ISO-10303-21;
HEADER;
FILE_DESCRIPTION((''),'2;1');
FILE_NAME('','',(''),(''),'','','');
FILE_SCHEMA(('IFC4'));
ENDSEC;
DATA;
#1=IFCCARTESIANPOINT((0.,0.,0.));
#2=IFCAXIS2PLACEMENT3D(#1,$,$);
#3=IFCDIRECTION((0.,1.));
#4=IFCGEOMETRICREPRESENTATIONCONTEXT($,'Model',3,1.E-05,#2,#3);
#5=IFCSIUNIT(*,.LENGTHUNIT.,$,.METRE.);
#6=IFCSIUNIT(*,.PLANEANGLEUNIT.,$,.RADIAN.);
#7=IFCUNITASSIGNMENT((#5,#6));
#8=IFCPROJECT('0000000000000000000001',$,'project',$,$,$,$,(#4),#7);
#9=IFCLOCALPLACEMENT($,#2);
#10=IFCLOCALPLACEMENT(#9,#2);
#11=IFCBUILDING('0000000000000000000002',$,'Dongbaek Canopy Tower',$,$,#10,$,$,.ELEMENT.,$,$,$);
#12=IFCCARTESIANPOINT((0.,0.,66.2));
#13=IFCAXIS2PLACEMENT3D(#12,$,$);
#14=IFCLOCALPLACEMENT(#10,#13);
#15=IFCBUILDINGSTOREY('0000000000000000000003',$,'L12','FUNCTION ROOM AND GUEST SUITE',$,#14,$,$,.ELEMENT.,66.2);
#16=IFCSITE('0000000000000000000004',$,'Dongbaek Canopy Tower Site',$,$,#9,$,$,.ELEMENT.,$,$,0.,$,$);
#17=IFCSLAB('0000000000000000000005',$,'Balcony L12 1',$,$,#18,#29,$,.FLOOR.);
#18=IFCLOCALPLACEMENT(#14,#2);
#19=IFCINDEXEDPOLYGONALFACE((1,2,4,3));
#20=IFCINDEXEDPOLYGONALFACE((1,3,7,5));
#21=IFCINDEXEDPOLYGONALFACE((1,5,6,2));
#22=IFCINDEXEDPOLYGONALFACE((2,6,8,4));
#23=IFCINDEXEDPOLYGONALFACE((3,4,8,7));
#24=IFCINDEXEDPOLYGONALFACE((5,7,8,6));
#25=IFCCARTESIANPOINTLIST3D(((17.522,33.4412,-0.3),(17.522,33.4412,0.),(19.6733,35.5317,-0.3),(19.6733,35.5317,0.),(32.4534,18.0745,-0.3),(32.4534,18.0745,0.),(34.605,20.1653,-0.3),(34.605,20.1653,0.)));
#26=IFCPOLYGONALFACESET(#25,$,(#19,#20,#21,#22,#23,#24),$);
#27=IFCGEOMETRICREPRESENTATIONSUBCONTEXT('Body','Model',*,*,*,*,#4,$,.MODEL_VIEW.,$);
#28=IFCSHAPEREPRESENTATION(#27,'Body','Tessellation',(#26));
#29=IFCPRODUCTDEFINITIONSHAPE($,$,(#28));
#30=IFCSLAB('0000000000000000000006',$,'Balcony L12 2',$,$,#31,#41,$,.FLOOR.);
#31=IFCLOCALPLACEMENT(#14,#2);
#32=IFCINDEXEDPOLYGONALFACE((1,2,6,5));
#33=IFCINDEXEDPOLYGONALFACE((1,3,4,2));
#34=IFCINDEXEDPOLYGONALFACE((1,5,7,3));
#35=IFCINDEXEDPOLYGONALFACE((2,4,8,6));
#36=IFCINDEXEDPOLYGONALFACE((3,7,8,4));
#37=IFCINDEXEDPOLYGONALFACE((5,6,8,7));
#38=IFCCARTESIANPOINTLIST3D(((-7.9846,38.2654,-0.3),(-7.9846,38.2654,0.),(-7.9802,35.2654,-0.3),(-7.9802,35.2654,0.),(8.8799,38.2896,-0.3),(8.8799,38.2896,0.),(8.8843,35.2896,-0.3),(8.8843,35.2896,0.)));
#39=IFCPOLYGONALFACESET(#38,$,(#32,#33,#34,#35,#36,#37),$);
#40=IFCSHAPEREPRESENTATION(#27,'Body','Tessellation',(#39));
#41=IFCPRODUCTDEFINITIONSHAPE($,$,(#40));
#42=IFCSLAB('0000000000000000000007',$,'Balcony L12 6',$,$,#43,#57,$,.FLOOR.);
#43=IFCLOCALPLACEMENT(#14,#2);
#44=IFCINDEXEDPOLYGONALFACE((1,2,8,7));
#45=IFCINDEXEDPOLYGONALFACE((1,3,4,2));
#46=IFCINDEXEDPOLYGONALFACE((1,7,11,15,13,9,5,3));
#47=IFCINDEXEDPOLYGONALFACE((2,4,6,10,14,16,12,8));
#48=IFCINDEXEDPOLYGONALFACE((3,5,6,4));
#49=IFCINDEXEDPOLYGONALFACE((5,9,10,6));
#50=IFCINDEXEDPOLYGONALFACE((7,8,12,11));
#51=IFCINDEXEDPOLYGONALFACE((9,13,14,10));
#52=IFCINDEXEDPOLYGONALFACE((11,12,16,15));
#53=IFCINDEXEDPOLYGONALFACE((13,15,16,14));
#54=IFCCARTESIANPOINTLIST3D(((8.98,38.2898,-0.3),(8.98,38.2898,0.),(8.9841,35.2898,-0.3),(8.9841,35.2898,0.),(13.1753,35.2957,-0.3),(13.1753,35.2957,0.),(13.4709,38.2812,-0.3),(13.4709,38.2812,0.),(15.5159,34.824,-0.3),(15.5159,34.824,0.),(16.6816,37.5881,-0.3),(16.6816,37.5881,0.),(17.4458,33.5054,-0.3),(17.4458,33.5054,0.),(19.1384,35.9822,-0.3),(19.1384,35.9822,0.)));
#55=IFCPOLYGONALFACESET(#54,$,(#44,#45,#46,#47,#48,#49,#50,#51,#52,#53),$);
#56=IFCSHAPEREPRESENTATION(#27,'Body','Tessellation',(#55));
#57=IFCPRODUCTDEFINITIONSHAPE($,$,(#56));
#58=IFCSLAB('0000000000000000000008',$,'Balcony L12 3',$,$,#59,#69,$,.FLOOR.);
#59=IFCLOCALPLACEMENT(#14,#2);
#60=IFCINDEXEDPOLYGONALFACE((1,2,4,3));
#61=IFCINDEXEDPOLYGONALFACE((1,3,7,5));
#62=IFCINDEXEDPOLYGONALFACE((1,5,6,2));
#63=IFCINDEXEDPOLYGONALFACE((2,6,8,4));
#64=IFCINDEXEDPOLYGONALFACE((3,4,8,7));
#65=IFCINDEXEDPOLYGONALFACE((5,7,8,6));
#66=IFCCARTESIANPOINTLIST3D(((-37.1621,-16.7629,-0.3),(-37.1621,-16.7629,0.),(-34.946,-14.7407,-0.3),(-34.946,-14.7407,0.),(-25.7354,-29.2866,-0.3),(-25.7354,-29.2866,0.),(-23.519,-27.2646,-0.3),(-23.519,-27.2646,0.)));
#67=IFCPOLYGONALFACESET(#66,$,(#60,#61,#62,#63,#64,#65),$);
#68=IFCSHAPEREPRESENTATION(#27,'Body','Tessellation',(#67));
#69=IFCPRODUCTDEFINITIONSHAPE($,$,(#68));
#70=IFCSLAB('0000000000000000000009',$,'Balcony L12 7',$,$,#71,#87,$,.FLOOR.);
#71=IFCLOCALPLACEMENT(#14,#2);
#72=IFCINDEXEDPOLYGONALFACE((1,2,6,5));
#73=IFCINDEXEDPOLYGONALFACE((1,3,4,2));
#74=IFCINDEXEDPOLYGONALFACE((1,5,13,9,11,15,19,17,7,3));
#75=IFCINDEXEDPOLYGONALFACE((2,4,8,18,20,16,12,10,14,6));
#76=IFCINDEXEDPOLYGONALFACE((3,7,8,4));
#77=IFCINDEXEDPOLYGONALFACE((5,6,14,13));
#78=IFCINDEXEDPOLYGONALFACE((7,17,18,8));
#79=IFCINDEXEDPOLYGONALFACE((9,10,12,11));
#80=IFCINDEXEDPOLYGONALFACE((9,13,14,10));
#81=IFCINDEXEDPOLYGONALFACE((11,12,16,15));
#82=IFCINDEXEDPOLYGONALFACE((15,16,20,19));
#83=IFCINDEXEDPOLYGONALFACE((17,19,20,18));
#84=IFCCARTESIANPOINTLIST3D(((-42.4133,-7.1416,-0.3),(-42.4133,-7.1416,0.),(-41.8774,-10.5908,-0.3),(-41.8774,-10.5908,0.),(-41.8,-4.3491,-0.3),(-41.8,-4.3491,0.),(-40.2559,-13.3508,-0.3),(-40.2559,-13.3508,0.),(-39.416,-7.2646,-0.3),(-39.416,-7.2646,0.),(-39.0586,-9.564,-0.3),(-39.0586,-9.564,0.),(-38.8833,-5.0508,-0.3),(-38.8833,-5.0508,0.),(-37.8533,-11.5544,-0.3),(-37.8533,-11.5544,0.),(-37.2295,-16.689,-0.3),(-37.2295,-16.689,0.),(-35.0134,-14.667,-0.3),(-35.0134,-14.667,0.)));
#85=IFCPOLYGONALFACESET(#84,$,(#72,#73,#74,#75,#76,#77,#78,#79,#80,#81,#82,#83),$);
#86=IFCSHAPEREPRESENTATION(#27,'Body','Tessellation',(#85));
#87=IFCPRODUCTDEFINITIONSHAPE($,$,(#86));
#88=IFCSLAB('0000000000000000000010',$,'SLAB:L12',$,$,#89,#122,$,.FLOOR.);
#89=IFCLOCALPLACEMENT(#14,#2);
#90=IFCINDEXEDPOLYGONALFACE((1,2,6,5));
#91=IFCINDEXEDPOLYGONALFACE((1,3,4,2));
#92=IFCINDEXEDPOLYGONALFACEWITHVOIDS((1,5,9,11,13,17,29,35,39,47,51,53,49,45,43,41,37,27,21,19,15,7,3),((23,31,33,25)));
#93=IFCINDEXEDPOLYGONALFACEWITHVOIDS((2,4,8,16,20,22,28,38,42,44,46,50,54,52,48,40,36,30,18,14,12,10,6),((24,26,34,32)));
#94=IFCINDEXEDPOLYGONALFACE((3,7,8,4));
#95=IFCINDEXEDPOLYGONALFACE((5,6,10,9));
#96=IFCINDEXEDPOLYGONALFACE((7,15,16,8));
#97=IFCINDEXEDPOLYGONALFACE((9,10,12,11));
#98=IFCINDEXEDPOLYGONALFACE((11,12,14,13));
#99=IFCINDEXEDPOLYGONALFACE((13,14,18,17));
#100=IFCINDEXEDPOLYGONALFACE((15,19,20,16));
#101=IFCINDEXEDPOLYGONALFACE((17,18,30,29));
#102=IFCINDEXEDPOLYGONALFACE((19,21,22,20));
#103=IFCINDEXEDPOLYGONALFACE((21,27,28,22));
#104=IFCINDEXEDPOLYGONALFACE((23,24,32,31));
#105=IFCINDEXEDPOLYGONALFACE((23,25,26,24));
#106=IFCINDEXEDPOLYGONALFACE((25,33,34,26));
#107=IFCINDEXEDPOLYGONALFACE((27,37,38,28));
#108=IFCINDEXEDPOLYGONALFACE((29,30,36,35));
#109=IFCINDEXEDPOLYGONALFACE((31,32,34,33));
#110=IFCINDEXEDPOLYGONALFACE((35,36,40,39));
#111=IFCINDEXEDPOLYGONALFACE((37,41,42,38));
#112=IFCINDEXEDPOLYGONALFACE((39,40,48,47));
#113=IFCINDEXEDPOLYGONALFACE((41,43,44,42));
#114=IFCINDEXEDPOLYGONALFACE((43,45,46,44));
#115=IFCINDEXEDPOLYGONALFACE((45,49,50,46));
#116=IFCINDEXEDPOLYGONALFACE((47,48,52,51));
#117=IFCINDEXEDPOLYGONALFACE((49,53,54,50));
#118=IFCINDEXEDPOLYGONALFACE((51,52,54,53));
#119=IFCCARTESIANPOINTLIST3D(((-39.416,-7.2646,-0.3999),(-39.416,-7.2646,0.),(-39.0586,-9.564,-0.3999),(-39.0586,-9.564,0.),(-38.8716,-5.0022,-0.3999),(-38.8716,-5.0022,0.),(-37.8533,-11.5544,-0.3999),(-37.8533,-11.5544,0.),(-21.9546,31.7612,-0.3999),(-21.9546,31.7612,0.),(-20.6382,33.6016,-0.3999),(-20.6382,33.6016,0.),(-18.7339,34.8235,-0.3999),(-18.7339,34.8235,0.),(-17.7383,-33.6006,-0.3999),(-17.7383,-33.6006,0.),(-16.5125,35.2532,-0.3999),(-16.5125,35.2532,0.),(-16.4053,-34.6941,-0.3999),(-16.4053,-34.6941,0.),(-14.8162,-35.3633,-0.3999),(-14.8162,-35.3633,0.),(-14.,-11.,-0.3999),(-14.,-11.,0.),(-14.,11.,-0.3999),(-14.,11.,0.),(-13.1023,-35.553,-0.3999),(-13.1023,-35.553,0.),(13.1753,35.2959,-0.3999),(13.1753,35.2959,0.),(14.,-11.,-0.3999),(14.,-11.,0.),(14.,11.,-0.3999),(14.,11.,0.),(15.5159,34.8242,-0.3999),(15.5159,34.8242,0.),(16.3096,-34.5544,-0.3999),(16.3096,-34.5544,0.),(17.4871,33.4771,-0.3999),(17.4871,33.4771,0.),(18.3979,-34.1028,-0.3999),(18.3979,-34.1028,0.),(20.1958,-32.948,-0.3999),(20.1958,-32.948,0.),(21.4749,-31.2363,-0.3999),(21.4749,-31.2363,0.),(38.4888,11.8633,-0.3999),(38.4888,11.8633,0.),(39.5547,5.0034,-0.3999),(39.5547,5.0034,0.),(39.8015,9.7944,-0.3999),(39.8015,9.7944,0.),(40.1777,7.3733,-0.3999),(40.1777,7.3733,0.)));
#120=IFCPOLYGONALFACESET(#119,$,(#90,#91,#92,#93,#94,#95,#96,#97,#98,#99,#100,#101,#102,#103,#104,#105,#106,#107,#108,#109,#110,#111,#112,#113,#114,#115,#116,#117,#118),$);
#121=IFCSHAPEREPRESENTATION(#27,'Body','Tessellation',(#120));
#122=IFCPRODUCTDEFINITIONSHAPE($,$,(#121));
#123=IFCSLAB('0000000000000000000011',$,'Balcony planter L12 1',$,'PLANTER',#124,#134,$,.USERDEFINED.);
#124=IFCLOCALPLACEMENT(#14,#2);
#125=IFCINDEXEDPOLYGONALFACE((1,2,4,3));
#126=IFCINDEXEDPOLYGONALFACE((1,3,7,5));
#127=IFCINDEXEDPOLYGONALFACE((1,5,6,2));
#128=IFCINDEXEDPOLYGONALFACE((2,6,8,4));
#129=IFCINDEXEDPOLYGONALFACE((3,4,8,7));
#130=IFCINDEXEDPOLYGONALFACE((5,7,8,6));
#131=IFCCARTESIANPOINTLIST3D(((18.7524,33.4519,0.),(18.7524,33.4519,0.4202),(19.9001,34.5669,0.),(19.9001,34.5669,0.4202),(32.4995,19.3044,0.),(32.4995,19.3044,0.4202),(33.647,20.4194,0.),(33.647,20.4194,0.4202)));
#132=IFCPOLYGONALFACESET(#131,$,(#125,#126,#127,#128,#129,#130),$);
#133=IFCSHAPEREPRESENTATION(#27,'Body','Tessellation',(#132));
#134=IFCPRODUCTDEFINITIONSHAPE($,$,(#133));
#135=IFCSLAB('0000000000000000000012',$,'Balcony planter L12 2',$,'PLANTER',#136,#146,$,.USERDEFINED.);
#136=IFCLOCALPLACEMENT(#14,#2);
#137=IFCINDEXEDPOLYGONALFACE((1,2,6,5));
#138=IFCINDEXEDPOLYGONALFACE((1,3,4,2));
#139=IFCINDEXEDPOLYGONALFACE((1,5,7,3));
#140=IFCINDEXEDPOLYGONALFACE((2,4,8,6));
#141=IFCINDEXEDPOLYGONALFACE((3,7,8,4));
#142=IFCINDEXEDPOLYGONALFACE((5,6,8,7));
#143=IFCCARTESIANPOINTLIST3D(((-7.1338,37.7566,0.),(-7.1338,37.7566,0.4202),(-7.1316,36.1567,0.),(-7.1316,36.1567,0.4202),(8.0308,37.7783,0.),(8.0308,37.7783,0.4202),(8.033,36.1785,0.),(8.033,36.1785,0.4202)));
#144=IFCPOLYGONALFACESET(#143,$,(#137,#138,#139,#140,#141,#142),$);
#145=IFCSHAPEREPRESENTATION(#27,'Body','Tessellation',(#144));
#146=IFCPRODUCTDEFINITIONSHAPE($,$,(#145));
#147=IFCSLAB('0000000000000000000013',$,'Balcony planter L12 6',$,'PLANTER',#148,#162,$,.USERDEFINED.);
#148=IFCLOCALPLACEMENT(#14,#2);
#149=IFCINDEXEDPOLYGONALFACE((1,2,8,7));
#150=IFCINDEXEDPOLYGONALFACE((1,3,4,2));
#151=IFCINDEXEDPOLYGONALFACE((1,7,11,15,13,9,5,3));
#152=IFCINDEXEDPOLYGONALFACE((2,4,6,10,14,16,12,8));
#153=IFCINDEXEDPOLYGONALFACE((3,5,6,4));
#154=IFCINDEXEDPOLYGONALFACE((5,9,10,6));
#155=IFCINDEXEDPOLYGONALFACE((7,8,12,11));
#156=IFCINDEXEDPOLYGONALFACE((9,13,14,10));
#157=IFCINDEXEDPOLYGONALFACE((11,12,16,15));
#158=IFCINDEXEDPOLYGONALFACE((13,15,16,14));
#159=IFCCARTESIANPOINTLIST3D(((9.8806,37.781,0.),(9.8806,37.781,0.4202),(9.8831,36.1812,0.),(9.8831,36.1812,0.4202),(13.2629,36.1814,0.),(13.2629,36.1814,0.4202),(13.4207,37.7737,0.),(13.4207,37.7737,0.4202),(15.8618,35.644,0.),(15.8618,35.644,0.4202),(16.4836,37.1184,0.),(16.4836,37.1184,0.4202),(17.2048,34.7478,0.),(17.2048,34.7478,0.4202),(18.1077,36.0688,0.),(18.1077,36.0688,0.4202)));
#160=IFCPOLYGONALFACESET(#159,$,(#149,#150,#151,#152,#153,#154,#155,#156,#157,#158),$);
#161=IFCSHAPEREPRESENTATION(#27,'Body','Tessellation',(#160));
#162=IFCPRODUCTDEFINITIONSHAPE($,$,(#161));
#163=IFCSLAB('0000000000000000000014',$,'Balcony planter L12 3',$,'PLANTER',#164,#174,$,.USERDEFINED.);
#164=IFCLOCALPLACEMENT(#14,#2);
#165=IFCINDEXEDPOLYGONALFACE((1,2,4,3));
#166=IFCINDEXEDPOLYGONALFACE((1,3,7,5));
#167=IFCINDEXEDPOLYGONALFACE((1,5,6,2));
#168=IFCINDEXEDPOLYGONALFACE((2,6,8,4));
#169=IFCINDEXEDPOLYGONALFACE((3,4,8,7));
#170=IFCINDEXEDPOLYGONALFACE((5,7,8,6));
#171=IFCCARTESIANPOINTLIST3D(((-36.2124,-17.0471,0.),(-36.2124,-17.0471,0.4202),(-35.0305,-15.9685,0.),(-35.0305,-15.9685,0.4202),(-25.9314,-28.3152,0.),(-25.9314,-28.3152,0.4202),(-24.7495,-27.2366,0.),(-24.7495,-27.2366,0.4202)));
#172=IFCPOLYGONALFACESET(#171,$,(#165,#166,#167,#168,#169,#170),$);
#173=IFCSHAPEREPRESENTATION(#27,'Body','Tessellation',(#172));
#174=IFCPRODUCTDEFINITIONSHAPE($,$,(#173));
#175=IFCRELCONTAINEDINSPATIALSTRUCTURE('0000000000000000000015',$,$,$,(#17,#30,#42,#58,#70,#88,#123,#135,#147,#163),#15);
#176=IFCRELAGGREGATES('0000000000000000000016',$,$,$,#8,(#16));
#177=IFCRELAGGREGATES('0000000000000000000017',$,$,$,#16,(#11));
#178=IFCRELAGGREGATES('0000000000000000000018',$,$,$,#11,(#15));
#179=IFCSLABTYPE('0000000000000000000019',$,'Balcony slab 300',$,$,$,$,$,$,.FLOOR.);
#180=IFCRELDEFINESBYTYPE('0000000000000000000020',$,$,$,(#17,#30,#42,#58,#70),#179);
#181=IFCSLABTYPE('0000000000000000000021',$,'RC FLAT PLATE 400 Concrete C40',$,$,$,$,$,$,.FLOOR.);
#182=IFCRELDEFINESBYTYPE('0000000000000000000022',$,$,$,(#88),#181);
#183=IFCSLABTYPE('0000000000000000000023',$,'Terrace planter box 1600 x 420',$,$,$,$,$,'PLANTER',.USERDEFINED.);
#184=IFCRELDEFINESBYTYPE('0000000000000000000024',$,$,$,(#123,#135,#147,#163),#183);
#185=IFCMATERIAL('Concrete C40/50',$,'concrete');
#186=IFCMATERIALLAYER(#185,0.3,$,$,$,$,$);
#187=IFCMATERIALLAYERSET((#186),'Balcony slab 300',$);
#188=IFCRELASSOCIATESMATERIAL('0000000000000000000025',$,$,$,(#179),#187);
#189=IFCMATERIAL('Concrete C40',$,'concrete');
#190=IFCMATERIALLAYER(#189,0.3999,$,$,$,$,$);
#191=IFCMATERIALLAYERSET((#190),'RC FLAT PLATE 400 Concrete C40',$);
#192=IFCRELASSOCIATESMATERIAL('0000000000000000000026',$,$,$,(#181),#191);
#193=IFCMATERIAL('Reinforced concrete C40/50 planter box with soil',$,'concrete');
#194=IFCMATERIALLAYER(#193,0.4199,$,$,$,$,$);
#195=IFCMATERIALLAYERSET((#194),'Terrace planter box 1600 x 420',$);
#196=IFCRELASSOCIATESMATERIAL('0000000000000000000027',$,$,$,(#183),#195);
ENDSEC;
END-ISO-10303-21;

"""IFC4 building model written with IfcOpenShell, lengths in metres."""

from ifc_helpers import new_model, si_unit, direction, frame, origin, place, context, subcontext, project, spatial, polyline, outline, extrude, material, layer, layer_set, type_object, element, save


model = new_model("IFC4")

# Units and contexts
model_context = context("Model", 3, precision=1e-05, world=origin(), true_north=direction((0.0, 1.0)))
body_context = subcontext(model_context, "Body", "Model", "MODEL_VIEW")
ifc_project = project(units=[si_unit("LENGTHUNIT", "METRE"), si_unit("PLANEANGLEUNIT", "RADIAN")], contexts=[model_context])

# Site, building, storey
site_placement = place(None, origin())
site = spatial("IfcSite", under=ifc_project, at=site_placement, Name="Dongbaek Canopy Tower Site", CompositionType="ELEMENT", RefElevation=0.0)
building_placement = place(site_placement, origin())
building = spatial("IfcBuilding", under=site, at=building_placement, Name="Dongbaek Canopy Tower", CompositionType="ELEMENT")
storey_placement = place(building_placement, frame((0.0, 0.0, 66.2)))
storey = spatial("IfcBuildingStorey", under=building, at=storey_placement, Name="L12", Description="FUNCTION ROOM AND GUEST SUITE", CompositionType="ELEMENT", Elevation=66.2)

# Slabs
ifc_material_1 = material(Name="Concrete C40/50", Category="concrete")
ifc_layer_1 = layer(ifc_material_1, 0.3)
ifc_layer_set_1 = layer_set([ifc_layer_1], Name="Balcony slab 300")
slab_type_1 = type_object("IfcSlabType", Name="Balcony slab 300", PredefinedType="FLOOR", material=ifc_layer_set_1)
slab_1_placement = place(storey_placement, frame((0.0, 0.0, -0.3)))
element("IfcSlab", 1, at=slab_1_placement, inside=storey, type_object=slab_type_1, Name="Balcony L12 1", PredefinedType="FLOOR", context=body_context, shape_type="SweptSolid", body=[
    extrude(outline(polyline([(32.4534, 18.0745), (17.522, 33.4412), (19.6733, 35.5317), (34.605, 20.1653), (32.4534, 18.0745)])), origin(), (0.0, 0.0, 1.0), 0.3),
])
slab_2_placement = place(storey_placement, frame((0.0, 0.0, -0.3)))
element("IfcSlab", 2, at=slab_2_placement, inside=storey, type_object=slab_type_1, Name="Balcony L12 2", PredefinedType="FLOOR", context=body_context, shape_type="SweptSolid", body=[
    extrude(outline(polyline([(8.8843, 35.2896), (-7.9802, 35.2654), (-7.9846, 38.2654), (8.8799, 38.2896), (8.8843, 35.2896)])), origin(), (0.0, 0.0, 1.0), 0.3),
])
slab_3_placement = place(storey_placement, frame((0.0, 0.0, -0.3)))
element("IfcSlab", 3, at=slab_3_placement, inside=storey, type_object=slab_type_1, Name="Balcony L12 6", PredefinedType="FLOOR", context=body_context, shape_type="SweptSolid", body=[
    extrude(outline(polyline([(17.4458, 33.5054), (15.5159, 34.824), (13.1753, 35.2957), (8.9841, 35.2898), (8.98, 38.2898), (13.4709, 38.2812), (16.6816, 37.5881), (19.1384, 35.9822), (17.4458, 33.5054)])), origin(), (0.0, 0.0, 1.0), 0.3),
])
slab_4_placement = place(storey_placement, frame((0.0, 0.0, -0.3)))
element("IfcSlab", 4, at=slab_4_placement, inside=storey, type_object=slab_type_1, Name="Balcony L12 3", PredefinedType="FLOOR", context=body_context, shape_type="SweptSolid", body=[
    extrude(outline(polyline([(-34.946, -14.7407), (-23.519, -27.2646), (-25.7354, -29.2866), (-37.1621, -16.7629), (-34.946, -14.7407)])), origin(), (0.0, 0.0, 1.0), 0.3),
])
slab_5_placement = place(storey_placement, frame((0.0, 0.0, -0.3)))
element("IfcSlab", 5, at=slab_5_placement, inside=storey, type_object=slab_type_1, Name="Balcony L12 7", PredefinedType="FLOOR", context=body_context, shape_type="SweptSolid", body=[
    extrude(outline(polyline([(-38.8833, -5.0508), (-39.416, -7.2646), (-39.0586, -9.564), (-37.8533, -11.5544), (-35.0134, -14.667), (-37.2295, -16.689), (-40.2559, -13.3508), (-41.8774, -10.5908), (-42.4133, -7.1416), (-41.8, -4.3491), (-38.8833, -5.0508)])), origin(), (0.0, 0.0, 1.0), 0.3),
])
ifc_material_2 = material(Name="Concrete C40", Category="concrete")
ifc_layer_2 = layer(ifc_material_2, 0.3999)
ifc_layer_set_2 = layer_set([ifc_layer_2], Name="RC FLAT PLATE 400 Concrete C40")
slab_type_2 = type_object("IfcSlabType", Name="RC FLAT PLATE 400 Concrete C40", PredefinedType="FLOOR", material=ifc_layer_set_2)
slab_6_placement = place(storey_placement, frame((0.0, 0.0, -0.3999)))
element("IfcSlab", 6, at=slab_6_placement, inside=storey, type_object=slab_type_2, Name="SLAB:L12", PredefinedType="FLOOR", context=body_context, shape_type="SweptSolid", body=[
    extrude(outline(polyline([(21.4749, -31.2363), (20.1958, -32.948), (18.3979, -34.1028), (16.3096, -34.5544), (-13.1023, -35.553), (-14.8162, -35.3633), (-16.4053, -34.6941), (-17.7383, -33.6006), (-37.8533, -11.5544), (-39.0586, -9.564), (-39.416, -7.2646), (-38.8716, -5.0022), (-21.9546, 31.7612), (-20.6382, 33.6016), (-18.7339, 34.8235), (-16.5125, 35.2532), (13.1753, 35.2959), (15.5159, 34.8242), (17.4871, 33.4771), (38.4888, 11.8633), (39.8015, 9.7944), (40.1777, 7.3733), (39.5547, 5.0034), (21.4749, -31.2363)]), holes=[polyline([(14.0, 11.0), (-14.0, 11.0), (-14.0, -11.0), (14.0, -11.0), (14.0, 11.0)])]), origin(), (0.0, 0.0, 1.0), 0.3999),
])
ifc_material_3 = material(Name="Reinforced concrete C40/50 planter box with soil", Category="concrete")
ifc_layer_3 = layer(ifc_material_3, 0.4199)
ifc_layer_set_3 = layer_set([ifc_layer_3], Name="Terrace planter box 1600 x 420")
slab_type_3 = type_object("IfcSlabType", Name="Terrace planter box 1600 x 420", ElementType="PLANTER", PredefinedType="USERDEFINED", material=ifc_layer_set_3)
slab_7_placement = place(storey_placement, origin())
element("IfcSlab", 7, at=slab_7_placement, inside=storey, type_object=slab_type_3, Name="Balcony planter L12 1", ObjectType="PLANTER", PredefinedType="USERDEFINED", context=body_context, shape_type="SweptSolid", body=[
    extrude(outline(polyline([(32.4995, 19.3044), (18.7524, 33.4519), (19.9001, 34.5669), (33.647, 20.4194), (32.4995, 19.3044)])), origin(), (0.0, 0.0, 1.0), 0.4202),
])
slab_8_placement = place(storey_placement, origin())
element("IfcSlab", 8, at=slab_8_placement, inside=storey, type_object=slab_type_3, Name="Balcony planter L12 2", ObjectType="PLANTER", PredefinedType="USERDEFINED", context=body_context, shape_type="SweptSolid", body=[
    extrude(outline(polyline([(8.033, 36.1785), (-7.1316, 36.1567), (-7.1338, 37.7566), (8.0308, 37.7783), (8.033, 36.1785)])), origin(), (0.0, 0.0, 1.0), 0.4202),
])
slab_9_placement = place(storey_placement, origin())
element("IfcSlab", 9, at=slab_9_placement, inside=storey, type_object=slab_type_3, Name="Balcony planter L12 6", ObjectType="PLANTER", PredefinedType="USERDEFINED", context=body_context, shape_type="SweptSolid", body=[
    extrude(outline(polyline([(17.2048, 34.7478), (15.8618, 35.644), (13.2629, 36.1814), (9.8831, 36.1812), (9.8806, 37.781), (13.4207, 37.7737), (16.4836, 37.1184), (18.1077, 36.0688), (17.2048, 34.7478)])), origin(), (0.0, 0.0, 1.0), 0.4202),
])
slab_10_placement = place(storey_placement, origin())
element("IfcSlab", 10, at=slab_10_placement, inside=storey, type_object=slab_type_3, Name="Balcony planter L12 3", ObjectType="PLANTER", PredefinedType="USERDEFINED", context=body_context, shape_type="SweptSolid", body=[
    extrude(outline(polyline([(-35.0305, -15.9685), (-24.7495, -27.2366), (-25.9314, -28.3152), (-36.2124, -17.0471), (-35.0305, -15.9685)])), origin(), (0.0, 0.0, 1.0), 0.4202),
])

save(model, "model.ifc")
